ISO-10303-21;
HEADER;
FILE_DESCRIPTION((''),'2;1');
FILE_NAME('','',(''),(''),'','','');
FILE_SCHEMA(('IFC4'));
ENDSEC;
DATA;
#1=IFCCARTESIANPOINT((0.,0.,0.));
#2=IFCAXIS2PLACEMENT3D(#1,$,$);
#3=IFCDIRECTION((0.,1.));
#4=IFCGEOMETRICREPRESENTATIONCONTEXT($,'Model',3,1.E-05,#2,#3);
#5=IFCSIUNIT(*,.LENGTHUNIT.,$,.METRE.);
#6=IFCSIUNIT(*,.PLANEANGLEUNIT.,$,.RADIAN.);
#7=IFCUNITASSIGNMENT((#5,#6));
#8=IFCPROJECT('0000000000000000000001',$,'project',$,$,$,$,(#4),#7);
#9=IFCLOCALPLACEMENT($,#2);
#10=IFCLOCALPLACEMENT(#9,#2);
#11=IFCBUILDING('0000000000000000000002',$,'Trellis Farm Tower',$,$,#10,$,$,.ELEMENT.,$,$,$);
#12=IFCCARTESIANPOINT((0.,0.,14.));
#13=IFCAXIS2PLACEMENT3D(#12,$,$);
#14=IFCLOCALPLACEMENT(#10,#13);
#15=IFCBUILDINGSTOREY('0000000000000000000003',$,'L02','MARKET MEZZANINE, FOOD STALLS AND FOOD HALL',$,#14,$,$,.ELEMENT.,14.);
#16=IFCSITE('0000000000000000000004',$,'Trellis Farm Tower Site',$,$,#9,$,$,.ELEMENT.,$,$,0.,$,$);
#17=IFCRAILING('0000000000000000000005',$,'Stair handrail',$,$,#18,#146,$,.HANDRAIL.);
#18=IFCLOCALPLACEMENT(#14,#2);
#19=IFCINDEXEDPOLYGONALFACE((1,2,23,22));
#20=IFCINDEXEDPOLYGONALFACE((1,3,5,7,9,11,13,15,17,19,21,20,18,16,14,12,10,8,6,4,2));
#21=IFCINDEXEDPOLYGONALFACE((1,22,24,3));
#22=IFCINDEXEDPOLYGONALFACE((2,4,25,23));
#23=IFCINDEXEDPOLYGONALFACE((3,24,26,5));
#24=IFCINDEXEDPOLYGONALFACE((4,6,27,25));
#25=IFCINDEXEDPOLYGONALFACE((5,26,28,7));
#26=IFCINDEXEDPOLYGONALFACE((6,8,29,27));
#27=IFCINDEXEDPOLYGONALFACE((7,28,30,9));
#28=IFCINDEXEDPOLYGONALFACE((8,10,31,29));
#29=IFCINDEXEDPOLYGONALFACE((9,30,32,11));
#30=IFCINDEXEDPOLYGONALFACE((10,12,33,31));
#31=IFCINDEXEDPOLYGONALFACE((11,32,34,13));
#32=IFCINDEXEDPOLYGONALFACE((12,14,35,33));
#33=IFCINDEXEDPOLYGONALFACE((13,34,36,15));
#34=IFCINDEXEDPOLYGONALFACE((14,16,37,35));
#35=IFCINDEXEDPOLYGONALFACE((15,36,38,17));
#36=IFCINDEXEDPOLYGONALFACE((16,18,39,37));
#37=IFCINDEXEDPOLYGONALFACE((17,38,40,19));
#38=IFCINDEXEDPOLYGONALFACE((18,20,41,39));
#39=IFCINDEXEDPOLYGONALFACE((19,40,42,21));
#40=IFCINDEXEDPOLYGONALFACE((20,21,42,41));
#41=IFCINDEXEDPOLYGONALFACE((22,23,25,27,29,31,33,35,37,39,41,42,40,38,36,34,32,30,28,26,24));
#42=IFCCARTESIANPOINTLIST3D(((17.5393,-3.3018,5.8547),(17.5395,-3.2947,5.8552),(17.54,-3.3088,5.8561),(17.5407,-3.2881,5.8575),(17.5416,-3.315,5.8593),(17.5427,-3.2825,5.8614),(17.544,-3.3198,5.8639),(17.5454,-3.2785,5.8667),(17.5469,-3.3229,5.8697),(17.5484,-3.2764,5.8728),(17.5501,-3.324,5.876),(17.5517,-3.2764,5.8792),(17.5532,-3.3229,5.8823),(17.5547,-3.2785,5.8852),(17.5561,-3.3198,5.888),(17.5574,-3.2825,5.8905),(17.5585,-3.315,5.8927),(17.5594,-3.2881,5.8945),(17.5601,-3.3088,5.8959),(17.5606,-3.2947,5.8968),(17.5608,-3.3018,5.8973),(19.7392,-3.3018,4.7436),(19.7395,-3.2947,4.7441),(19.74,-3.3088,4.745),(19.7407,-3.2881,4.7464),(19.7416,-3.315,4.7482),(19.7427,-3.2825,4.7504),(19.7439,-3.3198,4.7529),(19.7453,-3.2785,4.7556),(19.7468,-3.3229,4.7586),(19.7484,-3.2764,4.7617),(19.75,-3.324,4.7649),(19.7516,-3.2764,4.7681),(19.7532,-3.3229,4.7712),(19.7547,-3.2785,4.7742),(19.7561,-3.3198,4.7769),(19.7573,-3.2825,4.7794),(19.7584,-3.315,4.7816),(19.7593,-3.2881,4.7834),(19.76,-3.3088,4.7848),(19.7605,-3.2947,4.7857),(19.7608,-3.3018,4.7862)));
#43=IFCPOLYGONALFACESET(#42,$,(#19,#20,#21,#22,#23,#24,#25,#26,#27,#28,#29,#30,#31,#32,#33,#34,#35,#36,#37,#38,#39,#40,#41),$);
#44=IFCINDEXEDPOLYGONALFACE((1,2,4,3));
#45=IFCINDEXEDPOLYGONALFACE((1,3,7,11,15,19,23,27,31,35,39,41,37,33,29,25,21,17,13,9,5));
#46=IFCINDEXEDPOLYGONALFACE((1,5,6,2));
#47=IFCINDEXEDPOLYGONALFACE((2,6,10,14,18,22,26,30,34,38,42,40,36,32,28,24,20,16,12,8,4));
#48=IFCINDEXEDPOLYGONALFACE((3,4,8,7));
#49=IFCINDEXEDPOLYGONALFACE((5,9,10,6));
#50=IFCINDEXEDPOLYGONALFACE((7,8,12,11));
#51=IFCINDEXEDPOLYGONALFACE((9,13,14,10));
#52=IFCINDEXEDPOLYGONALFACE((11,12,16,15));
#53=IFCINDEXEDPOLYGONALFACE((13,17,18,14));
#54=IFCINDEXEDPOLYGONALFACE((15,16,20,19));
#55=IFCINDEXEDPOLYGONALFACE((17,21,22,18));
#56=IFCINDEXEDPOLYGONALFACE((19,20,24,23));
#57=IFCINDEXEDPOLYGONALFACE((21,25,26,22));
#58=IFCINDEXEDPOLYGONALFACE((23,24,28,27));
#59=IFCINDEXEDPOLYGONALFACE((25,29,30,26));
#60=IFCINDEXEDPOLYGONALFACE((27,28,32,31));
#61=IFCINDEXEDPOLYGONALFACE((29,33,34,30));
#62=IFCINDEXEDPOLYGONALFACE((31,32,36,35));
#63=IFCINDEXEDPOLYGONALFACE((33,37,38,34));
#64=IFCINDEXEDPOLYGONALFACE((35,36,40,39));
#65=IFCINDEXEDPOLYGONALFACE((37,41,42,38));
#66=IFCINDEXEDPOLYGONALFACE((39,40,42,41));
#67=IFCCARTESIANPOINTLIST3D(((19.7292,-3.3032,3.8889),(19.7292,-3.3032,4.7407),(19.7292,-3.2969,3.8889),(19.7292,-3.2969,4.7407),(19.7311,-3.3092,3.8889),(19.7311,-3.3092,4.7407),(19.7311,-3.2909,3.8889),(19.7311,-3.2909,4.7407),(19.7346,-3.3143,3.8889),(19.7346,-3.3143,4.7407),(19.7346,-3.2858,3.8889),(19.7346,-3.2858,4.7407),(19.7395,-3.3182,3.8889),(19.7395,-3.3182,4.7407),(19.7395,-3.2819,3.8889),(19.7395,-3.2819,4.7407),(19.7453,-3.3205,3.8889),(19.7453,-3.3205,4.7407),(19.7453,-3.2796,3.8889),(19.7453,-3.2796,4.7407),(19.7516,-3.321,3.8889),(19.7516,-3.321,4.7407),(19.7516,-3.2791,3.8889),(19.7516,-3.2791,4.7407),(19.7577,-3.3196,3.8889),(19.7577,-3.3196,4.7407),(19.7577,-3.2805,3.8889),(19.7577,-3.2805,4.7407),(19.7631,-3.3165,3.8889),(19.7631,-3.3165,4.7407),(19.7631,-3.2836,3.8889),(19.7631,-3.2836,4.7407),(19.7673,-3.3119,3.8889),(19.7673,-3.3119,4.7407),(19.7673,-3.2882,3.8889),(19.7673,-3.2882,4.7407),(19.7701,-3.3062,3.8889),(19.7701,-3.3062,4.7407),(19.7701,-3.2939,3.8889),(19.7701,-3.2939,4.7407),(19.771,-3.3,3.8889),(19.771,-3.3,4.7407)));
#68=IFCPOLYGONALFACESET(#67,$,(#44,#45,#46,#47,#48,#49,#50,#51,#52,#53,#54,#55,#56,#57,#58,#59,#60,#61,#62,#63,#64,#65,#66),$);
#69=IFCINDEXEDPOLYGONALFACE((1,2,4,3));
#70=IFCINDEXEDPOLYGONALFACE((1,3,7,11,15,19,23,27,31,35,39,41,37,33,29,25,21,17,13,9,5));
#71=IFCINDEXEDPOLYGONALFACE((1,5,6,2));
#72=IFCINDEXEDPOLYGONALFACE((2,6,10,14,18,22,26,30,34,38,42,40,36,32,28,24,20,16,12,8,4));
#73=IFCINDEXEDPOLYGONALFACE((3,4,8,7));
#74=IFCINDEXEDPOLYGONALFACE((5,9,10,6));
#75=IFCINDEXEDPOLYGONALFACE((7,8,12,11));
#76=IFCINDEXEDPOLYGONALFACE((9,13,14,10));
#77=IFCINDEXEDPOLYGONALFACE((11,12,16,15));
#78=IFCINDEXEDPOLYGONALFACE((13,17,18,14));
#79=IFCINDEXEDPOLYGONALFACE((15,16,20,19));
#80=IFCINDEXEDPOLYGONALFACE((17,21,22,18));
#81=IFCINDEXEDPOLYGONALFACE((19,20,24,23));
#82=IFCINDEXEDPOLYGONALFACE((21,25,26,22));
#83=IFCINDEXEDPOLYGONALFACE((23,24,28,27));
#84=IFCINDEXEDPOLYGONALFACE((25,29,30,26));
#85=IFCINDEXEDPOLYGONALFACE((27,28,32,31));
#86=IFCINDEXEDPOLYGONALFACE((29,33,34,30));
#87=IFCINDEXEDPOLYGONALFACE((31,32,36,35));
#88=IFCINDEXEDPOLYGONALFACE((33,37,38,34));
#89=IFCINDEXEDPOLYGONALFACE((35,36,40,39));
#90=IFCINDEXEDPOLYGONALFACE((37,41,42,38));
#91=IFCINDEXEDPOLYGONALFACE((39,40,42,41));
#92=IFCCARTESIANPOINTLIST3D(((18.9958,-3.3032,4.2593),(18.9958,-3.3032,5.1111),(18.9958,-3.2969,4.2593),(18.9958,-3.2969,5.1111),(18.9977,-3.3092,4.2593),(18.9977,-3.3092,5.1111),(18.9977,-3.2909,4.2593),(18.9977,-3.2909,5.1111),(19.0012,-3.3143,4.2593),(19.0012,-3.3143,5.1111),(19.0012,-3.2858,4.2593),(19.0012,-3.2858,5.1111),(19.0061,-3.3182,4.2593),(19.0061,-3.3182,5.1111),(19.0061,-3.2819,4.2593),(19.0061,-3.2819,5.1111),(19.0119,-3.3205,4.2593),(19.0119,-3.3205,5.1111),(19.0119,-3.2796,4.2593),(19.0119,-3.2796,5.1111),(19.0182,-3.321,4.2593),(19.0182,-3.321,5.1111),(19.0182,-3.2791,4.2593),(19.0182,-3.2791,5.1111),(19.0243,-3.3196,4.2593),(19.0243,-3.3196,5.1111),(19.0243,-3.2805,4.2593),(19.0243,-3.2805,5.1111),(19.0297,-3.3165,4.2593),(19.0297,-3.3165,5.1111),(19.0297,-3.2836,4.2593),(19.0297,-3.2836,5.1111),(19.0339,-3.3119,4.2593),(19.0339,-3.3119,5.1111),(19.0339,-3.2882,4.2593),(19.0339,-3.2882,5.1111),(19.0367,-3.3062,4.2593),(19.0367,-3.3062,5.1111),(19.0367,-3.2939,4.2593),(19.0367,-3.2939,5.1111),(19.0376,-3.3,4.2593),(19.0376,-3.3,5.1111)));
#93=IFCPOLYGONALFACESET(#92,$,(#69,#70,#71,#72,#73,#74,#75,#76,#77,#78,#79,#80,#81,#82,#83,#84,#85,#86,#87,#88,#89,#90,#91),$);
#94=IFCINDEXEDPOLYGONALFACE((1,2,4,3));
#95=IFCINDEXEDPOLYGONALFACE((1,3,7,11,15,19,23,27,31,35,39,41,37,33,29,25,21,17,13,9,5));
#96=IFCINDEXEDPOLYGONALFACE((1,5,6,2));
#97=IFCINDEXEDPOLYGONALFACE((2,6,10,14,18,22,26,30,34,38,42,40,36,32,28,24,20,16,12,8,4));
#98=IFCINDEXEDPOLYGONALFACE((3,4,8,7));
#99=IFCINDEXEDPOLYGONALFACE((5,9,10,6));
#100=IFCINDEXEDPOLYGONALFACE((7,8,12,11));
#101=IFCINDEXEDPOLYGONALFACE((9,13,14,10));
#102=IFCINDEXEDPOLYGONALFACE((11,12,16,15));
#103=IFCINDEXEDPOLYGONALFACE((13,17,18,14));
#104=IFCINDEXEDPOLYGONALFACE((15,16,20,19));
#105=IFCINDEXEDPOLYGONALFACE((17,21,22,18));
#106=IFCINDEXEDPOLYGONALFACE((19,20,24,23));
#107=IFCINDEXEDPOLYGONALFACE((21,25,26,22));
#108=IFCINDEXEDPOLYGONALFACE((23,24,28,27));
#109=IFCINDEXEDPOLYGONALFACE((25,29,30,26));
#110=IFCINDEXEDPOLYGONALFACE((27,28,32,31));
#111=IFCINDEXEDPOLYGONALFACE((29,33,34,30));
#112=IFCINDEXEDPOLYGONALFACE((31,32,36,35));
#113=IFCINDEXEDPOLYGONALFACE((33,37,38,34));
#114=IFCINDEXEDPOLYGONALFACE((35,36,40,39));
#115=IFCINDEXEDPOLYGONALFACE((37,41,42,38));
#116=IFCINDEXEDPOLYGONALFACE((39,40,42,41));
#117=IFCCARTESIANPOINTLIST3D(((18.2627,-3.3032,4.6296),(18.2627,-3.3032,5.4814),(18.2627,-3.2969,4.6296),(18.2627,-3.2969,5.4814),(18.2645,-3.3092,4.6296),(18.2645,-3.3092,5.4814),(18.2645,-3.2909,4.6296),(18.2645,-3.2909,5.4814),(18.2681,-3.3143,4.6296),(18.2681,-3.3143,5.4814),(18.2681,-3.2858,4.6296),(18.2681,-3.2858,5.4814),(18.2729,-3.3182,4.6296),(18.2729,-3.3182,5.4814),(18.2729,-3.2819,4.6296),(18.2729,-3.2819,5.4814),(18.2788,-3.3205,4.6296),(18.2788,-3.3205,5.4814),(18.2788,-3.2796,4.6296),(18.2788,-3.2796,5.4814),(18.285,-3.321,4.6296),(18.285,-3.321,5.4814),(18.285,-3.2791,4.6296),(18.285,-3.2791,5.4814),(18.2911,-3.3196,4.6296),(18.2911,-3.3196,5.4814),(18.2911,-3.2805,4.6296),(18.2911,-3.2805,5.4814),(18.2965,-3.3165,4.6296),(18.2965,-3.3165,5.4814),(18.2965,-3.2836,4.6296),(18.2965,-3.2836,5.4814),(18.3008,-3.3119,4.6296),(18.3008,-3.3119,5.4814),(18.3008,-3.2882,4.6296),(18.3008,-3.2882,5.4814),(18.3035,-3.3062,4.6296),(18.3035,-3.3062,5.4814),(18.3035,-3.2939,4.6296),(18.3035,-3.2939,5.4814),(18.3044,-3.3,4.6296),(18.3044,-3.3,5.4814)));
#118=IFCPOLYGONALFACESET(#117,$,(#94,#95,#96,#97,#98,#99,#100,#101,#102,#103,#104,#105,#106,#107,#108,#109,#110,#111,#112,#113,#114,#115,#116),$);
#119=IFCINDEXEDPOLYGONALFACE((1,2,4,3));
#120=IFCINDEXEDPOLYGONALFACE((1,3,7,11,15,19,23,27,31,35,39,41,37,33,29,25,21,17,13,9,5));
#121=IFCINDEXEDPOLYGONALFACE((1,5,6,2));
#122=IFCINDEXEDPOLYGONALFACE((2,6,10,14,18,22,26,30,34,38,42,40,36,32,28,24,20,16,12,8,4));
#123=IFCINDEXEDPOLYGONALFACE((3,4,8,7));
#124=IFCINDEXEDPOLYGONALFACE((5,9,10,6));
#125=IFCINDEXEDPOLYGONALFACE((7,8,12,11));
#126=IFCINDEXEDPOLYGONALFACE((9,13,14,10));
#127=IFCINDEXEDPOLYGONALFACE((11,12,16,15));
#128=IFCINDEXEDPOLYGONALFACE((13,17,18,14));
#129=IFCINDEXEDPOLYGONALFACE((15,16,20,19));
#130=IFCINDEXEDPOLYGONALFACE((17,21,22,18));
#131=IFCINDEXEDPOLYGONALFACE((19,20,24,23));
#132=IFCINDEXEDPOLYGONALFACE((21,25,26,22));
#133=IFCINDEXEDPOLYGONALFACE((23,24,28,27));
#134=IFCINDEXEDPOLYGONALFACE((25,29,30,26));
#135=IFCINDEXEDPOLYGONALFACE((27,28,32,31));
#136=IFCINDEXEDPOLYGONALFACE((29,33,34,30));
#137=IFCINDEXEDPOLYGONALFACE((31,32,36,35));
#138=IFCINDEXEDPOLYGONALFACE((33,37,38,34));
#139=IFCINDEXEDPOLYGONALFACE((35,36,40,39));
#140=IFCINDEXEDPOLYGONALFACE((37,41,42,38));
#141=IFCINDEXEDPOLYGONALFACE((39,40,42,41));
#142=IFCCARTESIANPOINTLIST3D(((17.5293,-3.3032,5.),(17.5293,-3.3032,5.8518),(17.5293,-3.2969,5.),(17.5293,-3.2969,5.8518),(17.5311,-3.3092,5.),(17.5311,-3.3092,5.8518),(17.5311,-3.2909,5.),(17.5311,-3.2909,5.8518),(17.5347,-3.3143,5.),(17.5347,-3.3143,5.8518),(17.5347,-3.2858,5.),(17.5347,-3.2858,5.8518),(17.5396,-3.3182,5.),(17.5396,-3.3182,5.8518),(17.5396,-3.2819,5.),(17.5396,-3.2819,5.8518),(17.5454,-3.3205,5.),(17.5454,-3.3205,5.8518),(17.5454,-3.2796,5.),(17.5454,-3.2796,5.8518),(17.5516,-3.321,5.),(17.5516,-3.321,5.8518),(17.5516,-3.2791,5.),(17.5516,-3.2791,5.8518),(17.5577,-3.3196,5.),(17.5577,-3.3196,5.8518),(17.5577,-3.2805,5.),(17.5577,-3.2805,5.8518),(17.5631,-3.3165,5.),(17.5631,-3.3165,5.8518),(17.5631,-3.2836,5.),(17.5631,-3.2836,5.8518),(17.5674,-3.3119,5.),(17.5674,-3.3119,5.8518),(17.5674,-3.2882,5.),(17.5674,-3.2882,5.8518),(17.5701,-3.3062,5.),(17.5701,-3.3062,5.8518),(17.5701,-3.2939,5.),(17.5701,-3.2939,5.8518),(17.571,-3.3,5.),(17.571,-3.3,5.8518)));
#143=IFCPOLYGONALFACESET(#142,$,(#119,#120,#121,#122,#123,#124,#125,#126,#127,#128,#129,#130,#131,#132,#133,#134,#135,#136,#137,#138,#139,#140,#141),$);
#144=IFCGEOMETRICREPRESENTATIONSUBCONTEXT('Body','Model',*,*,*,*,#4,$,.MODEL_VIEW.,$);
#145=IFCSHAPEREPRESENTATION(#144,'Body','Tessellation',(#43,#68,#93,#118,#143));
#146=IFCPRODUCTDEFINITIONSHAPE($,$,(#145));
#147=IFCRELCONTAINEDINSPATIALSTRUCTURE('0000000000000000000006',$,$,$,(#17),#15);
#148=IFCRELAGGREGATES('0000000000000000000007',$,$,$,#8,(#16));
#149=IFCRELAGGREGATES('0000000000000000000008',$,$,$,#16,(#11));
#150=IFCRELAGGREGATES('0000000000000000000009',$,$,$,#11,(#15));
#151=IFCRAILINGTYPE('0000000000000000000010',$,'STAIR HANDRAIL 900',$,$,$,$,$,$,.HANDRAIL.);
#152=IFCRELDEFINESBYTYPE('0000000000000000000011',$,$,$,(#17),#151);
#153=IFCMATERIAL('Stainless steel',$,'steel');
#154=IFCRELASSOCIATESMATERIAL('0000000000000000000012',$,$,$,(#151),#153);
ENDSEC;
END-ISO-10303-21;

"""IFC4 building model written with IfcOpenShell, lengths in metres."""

from ifc_helpers import new_model, si_unit, direction, frame, origin, origin_2d, place, context, subcontext, project, spatial, circle, extrude, source, transform, mapped, material, type_object, element, save


model = new_model("IFC4")

# Units and contexts
model_context = context("Model", 3, precision=1e-05, world=origin(), true_north=direction((0.0, 1.0)))
body_context = subcontext(model_context, "Body", "Model", "MODEL_VIEW")
ifc_project = project(units=[si_unit("LENGTHUNIT", "METRE"), si_unit("PLANEANGLEUNIT", "RADIAN")], contexts=[model_context])

# Site, building, storey
site_placement = place(None, origin())
site = spatial("IfcSite", under=ifc_project, at=site_placement, Name="Trellis Farm Tower Site", CompositionType="ELEMENT", RefElevation=0.0)
building_placement = place(site_placement, origin())
building = spatial("IfcBuilding", under=site, at=building_placement, Name="Trellis Farm Tower", CompositionType="ELEMENT")
storey_placement = place(building_placement, frame((0.0, 0.0, 14.0)))
storey = spatial("IfcBuildingStorey", under=building, at=storey_placement, Name="L02", Description="MARKET MEZZANINE, FOOD STALLS AND FOOD HALL", CompositionType="ELEMENT", Elevation=14.0)

# Railing
ifc_material_1 = material(Name="Stainless steel", Category="steel")
railing_type = type_object("IfcRailingType", Name="STAIR HANDRAIL 900", PredefinedType="HANDRAIL", material=ifc_material_1)
shared_shape_1 = source(origin(), body_context, "Body", "SweptSolid", [
    extrude(circle(Radius=0.0239, at=origin_2d()), frame((0.0, 0.0, 0.876), z_axis=(-0.892617, 0.0, 0.450816), x_axis=(0.0, -1.0, 0.0)), (0.0, 0.0, 1.0), 2.4646),
    extrude(circle(Radius=0.021, at=origin_2d()), origin(), (0.0, 0.0, 1.0), 0.8518),
    extrude(circle(Radius=0.021, at=origin_2d()), frame((-0.7334, 0.0, 0.3704)), (0.0, 0.0, 1.0), 0.8518),
    extrude(circle(Radius=0.021, at=origin_2d()), frame((-1.4666, 0.0, 0.7407)), (0.0, 0.0, 1.0), 0.8518),
    extrude(circle(Radius=0.021, at=origin_2d()), frame((-2.2, 0.0, 1.1111)), (0.0, 0.0, 1.0), 0.8518),
])
for number, where, name in (
    (1, (19.75, -3.3, 3.8889), "Stair handrail"),
):
    element("IfcRailing", number, at=place(storey_placement, frame(where)), inside=storey, type_object=railing_type, Name=name, PredefinedType="HANDRAIL", context=body_context, shape_type="MappedRepresentation", body=[
        mapped(shared_shape_1, transform((0.0, 0.0, 0.0))),
    ])

save(model, "model.ifc")
